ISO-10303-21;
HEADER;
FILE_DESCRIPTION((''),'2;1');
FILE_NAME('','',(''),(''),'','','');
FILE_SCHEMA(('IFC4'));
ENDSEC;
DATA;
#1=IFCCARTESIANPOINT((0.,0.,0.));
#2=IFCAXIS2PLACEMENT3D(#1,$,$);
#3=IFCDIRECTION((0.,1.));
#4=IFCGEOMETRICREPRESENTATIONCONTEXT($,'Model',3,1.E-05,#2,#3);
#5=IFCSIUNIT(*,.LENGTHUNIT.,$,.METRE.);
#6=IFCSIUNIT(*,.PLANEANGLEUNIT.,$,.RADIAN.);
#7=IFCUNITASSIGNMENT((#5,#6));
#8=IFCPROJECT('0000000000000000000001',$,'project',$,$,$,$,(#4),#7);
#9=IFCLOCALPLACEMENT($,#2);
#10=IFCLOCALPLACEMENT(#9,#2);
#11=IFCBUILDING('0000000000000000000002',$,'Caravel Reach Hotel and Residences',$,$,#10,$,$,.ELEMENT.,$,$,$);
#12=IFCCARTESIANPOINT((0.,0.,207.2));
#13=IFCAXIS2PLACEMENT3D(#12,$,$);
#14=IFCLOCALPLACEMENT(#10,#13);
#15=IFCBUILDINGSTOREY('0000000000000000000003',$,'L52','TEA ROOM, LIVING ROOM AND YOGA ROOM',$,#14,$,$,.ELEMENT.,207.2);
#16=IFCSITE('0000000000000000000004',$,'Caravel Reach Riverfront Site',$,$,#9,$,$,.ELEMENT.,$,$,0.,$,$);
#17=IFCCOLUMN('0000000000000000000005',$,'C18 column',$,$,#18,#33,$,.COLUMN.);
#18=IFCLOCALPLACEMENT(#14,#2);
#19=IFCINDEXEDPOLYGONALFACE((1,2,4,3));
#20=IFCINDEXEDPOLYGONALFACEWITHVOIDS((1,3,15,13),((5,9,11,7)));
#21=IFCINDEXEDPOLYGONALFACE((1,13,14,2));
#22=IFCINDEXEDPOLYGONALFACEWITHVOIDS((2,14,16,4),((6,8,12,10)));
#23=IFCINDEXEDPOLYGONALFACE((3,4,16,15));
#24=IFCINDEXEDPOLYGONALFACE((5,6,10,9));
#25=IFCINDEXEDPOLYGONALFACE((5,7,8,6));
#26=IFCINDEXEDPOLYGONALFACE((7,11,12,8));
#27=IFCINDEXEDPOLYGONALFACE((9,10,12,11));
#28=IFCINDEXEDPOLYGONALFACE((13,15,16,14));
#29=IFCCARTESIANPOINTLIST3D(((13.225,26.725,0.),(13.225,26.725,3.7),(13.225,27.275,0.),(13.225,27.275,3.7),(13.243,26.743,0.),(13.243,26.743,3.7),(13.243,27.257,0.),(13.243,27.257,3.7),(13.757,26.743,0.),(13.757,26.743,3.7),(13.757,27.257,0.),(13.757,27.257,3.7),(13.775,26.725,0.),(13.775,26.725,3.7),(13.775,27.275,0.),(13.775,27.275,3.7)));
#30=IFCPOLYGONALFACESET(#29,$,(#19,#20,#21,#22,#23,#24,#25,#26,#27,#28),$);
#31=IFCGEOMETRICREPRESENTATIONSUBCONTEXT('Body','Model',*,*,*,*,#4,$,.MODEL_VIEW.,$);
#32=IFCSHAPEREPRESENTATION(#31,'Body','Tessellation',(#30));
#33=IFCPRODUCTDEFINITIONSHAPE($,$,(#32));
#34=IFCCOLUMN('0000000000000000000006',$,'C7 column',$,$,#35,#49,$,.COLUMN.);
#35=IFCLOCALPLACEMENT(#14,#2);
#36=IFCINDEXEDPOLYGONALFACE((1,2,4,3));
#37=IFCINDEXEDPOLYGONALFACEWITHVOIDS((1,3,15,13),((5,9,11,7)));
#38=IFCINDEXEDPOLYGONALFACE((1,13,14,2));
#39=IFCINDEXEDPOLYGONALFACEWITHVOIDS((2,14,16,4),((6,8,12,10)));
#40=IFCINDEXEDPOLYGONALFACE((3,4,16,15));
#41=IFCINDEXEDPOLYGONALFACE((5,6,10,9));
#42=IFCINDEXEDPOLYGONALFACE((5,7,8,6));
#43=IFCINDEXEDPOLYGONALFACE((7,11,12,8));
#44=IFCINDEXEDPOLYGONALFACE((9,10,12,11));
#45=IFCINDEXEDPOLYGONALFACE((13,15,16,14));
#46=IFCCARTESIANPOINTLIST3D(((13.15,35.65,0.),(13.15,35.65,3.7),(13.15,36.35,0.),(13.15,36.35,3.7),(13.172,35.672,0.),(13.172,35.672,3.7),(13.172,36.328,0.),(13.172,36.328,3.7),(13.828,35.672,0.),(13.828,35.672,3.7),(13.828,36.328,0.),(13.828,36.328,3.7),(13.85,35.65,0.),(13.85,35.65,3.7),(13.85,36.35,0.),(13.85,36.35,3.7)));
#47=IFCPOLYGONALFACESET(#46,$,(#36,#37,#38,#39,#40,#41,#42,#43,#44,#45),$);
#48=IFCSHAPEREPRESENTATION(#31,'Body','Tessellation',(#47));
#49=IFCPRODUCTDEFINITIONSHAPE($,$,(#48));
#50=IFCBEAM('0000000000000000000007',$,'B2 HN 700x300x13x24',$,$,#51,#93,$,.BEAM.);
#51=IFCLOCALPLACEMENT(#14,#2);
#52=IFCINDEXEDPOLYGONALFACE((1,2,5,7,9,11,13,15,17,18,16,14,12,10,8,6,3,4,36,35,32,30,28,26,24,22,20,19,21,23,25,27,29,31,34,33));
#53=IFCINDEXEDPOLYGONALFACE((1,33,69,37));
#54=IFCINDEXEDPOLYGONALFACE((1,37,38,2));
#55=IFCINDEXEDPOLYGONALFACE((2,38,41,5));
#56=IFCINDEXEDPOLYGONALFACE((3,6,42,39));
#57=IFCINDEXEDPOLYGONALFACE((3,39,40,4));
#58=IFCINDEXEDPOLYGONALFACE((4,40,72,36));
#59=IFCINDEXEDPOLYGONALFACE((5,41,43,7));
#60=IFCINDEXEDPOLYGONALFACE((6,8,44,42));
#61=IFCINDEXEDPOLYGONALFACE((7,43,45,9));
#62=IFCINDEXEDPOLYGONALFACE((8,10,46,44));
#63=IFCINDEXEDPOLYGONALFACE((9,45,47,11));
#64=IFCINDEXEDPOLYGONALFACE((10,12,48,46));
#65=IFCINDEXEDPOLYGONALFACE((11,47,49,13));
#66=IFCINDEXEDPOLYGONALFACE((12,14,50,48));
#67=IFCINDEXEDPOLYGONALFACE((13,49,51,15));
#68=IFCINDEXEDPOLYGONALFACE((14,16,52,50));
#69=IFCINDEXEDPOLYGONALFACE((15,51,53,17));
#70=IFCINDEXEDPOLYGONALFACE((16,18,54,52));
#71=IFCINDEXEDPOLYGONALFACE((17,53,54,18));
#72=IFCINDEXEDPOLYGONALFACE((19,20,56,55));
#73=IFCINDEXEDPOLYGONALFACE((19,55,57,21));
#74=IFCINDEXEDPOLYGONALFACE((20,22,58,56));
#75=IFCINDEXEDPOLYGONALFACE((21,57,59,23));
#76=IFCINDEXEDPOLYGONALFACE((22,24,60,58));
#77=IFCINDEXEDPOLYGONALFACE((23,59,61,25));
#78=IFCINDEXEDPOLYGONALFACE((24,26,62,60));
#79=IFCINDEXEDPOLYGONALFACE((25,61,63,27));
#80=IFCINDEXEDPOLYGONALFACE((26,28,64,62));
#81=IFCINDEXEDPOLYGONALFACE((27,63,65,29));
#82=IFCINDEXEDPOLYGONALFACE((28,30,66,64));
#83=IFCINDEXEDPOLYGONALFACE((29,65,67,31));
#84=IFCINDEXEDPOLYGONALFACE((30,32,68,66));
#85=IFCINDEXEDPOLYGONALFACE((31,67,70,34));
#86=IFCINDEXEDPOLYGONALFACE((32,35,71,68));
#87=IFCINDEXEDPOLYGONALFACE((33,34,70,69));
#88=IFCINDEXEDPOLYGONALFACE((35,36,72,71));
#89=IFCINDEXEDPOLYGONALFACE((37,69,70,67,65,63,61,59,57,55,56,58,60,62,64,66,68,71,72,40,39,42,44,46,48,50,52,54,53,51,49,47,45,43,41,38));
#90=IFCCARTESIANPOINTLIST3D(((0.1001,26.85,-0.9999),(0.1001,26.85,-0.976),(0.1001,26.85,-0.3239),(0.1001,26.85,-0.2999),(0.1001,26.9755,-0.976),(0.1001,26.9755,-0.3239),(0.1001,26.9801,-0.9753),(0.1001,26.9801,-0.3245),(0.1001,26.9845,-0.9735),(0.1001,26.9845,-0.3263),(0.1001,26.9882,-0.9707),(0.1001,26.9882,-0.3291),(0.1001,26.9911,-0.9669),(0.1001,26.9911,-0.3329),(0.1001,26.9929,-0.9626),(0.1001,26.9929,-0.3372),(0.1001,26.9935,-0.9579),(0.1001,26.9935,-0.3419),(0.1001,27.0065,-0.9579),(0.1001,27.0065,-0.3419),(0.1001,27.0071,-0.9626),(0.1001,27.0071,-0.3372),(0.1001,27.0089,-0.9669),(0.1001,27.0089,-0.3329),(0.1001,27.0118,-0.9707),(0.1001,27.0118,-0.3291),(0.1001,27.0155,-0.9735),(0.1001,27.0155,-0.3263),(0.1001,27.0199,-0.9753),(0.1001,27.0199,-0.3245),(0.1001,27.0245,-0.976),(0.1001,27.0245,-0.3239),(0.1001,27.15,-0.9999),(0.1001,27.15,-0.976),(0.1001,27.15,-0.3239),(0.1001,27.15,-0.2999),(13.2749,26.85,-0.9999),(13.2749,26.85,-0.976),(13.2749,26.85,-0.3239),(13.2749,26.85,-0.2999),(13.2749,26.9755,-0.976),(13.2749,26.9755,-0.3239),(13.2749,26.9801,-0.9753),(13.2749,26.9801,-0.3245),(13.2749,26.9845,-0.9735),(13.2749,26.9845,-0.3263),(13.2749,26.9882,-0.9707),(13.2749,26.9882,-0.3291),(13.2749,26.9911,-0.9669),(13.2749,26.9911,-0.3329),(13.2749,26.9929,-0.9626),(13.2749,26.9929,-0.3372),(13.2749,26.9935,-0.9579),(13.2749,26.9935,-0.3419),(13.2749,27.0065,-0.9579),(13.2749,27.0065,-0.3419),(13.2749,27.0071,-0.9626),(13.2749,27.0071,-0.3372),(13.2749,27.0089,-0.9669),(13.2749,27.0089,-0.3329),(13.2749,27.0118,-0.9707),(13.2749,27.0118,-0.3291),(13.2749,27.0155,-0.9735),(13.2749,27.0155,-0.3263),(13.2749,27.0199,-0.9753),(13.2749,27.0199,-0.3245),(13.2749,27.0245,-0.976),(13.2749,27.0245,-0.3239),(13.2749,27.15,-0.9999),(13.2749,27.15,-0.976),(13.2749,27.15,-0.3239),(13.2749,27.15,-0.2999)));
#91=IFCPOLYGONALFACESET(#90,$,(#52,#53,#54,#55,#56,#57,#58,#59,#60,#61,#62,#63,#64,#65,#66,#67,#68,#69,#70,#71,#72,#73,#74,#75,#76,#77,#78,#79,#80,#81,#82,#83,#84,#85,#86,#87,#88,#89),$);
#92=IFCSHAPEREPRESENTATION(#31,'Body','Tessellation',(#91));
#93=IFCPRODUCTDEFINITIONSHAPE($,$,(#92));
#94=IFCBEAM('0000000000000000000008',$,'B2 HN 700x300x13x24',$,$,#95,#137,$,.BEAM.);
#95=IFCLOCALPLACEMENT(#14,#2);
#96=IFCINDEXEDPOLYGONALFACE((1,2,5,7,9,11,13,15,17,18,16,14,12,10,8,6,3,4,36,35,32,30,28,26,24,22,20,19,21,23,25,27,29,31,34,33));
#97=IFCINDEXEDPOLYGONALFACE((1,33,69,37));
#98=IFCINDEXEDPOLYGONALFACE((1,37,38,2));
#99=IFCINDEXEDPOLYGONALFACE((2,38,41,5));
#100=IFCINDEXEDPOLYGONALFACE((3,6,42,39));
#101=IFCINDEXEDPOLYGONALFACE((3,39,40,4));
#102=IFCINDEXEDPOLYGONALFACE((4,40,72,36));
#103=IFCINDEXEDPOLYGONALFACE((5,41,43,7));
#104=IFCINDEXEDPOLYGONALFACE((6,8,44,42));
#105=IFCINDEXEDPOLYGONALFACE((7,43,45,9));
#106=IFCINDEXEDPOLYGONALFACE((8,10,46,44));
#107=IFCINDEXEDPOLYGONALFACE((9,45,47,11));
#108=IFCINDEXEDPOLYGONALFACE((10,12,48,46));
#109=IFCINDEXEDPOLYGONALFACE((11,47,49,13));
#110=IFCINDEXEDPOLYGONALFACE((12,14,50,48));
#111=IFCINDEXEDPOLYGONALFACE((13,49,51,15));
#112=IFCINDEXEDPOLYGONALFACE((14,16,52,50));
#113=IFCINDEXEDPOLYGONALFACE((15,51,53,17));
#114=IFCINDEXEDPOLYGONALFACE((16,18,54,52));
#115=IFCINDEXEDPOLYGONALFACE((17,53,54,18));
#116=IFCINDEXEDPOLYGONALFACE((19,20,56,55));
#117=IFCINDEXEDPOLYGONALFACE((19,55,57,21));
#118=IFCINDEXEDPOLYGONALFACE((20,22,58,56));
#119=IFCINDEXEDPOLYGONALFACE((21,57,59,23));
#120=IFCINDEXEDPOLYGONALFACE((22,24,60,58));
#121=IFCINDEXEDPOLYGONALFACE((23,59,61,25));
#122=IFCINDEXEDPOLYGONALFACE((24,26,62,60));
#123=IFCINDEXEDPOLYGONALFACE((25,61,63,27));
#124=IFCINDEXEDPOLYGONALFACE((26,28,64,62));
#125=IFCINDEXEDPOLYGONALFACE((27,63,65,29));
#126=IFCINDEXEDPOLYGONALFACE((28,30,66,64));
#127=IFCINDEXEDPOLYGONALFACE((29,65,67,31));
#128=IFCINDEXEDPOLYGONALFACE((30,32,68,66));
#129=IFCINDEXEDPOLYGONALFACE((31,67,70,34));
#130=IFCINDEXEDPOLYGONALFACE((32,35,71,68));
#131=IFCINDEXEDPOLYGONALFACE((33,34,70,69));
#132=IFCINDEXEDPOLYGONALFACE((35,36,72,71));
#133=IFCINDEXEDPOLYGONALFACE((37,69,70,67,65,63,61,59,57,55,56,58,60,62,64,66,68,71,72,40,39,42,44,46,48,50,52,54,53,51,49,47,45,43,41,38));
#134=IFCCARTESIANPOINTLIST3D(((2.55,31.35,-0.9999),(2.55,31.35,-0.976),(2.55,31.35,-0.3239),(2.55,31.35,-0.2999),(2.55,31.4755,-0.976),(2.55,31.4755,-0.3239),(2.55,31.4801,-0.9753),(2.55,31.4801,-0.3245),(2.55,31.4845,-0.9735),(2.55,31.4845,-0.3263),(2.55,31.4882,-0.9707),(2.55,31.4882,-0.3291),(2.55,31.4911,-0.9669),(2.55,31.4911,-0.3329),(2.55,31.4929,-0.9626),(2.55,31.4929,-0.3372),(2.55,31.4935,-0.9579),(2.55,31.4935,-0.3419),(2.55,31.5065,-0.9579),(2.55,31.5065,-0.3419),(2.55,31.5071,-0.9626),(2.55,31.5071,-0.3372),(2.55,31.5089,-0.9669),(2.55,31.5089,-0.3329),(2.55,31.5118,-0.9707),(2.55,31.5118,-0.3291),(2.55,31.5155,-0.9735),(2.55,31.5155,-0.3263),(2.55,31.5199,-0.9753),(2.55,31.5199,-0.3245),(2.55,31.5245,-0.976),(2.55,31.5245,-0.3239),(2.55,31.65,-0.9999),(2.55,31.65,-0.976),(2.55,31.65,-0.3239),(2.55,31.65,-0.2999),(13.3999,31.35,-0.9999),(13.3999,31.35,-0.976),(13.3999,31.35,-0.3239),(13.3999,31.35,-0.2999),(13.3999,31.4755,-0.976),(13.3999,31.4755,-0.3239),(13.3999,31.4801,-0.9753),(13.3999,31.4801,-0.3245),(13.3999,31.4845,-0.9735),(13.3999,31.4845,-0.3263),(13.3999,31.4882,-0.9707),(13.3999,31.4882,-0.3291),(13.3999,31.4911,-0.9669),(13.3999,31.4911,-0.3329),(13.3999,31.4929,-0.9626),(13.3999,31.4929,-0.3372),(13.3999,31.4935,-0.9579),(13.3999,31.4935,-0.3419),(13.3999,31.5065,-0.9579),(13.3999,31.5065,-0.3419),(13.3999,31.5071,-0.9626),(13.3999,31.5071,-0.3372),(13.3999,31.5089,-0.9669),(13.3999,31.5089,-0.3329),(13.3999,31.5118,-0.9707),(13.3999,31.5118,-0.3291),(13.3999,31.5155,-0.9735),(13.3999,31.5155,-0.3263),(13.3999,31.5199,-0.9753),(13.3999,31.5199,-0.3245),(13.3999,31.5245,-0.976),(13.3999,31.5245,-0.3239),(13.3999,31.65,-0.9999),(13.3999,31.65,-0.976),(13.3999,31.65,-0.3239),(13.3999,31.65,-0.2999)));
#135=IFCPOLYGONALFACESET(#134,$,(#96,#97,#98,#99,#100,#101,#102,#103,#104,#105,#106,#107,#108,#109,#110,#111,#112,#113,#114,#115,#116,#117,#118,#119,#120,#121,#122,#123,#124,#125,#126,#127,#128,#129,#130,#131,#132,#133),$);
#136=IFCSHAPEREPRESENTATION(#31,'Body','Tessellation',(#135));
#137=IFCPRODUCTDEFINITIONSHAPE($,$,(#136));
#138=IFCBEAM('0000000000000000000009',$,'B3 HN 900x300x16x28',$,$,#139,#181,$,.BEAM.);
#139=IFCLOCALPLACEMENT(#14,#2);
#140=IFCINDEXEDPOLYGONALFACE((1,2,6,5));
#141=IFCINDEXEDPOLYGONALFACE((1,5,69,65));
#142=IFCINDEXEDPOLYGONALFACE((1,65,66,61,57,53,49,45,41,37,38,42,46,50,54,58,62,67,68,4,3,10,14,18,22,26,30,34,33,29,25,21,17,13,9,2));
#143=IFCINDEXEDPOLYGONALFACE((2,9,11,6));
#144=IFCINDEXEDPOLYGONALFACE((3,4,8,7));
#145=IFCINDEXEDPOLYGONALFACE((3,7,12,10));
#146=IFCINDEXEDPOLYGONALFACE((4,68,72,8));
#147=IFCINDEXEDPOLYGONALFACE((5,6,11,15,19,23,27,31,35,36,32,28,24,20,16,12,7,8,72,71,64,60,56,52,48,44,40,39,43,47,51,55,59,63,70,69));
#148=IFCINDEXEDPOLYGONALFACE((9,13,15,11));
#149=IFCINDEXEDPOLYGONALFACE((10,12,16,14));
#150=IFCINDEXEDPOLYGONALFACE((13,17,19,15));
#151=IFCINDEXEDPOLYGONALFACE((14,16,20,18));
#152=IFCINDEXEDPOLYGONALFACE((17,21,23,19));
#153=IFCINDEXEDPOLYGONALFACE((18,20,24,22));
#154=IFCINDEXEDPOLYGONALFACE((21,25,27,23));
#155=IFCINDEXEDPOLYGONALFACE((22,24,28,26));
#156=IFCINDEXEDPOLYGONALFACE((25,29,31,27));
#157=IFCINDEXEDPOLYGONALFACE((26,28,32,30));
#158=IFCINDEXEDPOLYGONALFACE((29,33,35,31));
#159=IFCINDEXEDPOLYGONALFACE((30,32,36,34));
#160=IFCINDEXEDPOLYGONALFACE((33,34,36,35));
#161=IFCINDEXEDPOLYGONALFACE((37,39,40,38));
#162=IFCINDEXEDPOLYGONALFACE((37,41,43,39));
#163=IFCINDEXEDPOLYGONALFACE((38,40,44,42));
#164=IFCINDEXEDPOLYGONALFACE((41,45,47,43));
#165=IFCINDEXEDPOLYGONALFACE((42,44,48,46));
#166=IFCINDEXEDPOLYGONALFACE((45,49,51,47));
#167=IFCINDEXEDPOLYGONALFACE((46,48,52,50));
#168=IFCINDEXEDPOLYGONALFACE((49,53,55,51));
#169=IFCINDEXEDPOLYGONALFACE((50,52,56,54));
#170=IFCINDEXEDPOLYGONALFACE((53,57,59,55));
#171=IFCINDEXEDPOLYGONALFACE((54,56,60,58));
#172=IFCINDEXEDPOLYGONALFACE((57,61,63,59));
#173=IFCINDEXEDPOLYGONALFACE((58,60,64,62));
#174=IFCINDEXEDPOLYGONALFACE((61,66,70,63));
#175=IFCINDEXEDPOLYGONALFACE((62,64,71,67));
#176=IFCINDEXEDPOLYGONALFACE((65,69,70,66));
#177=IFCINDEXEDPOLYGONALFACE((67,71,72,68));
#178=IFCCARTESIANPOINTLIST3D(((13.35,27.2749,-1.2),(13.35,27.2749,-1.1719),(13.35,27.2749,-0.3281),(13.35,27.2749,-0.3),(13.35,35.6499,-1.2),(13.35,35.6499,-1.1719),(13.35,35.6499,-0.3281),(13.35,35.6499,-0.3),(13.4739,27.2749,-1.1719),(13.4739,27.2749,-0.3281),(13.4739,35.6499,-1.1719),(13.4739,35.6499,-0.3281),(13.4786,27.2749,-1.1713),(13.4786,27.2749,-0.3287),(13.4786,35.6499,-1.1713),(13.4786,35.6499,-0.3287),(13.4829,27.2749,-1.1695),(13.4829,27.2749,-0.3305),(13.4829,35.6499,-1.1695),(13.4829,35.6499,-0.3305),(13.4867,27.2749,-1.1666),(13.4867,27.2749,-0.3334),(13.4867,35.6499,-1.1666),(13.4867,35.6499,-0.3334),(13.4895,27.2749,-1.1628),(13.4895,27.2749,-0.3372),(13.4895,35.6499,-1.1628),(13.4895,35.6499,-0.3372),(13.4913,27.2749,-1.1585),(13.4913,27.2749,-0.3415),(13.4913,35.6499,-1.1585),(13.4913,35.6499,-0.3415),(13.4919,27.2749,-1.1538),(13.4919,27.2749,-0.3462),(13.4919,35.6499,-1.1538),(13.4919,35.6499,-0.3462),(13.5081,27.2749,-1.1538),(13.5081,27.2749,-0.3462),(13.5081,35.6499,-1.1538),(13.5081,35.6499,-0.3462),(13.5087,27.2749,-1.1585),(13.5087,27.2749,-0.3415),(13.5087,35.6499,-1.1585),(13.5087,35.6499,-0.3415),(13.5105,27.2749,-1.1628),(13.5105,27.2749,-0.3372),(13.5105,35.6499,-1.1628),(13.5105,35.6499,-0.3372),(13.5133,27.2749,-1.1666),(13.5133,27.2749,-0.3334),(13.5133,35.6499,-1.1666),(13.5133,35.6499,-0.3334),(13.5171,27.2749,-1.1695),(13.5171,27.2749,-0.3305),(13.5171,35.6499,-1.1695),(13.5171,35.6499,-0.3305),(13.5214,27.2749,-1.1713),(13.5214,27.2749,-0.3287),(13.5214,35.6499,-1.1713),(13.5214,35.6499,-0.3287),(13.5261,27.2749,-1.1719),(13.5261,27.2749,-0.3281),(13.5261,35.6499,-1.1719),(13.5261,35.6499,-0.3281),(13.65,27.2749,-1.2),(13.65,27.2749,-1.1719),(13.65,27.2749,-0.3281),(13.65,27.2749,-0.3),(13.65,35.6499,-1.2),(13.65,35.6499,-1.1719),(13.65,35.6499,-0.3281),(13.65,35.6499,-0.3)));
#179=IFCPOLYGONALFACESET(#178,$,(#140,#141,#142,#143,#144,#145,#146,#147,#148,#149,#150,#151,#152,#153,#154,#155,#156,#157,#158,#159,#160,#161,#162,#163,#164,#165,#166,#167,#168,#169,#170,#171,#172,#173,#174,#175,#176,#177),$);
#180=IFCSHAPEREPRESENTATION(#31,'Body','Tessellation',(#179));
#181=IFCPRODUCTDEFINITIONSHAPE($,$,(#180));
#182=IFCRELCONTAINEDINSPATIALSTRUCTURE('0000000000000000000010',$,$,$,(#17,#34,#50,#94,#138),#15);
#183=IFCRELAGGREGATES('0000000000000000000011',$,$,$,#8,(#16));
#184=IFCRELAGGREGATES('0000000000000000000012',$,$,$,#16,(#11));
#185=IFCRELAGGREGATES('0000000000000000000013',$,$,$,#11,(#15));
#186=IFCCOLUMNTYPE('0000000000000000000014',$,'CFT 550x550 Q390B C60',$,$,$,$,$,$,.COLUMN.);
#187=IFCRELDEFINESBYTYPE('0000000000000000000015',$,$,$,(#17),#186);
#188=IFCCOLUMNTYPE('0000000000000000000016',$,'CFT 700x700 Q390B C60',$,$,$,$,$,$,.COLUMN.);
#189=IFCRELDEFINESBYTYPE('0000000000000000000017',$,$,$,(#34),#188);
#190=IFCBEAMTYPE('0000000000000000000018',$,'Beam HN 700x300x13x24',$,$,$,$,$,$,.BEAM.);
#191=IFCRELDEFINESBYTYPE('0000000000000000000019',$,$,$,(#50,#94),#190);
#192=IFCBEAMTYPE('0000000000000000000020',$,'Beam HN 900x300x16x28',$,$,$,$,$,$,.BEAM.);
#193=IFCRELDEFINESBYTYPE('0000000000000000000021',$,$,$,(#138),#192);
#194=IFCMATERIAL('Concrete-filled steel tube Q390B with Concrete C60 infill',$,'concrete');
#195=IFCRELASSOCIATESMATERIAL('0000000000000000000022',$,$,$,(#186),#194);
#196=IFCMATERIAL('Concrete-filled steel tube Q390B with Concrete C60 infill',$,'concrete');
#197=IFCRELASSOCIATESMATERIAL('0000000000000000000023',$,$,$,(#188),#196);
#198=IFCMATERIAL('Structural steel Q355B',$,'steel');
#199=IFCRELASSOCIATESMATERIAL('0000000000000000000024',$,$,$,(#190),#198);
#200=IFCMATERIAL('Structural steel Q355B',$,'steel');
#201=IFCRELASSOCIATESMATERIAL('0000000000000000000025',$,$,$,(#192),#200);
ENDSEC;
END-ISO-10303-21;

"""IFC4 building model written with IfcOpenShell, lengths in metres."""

from ifc_helpers import new_model, si_unit, direction, frame, origin, origin_2d, place, context, subcontext, project, spatial, hollow_rectangle, i_section, extrude, material, material_profile, profile_set, type_object, element, save


model = new_model("IFC4")

# Units and contexts
model_context = context("Model", 3, precision=1e-05, world=origin(), true_north=direction((0.0, 1.0)))
body_context = subcontext(model_context, "Body", "Model", "MODEL_VIEW")
ifc_project = project(units=[si_unit("LENGTHUNIT", "METRE"), si_unit("PLANEANGLEUNIT", "RADIAN")], contexts=[model_context])

# Site, building, storey
site_placement = place(None, origin())
site = spatial("IfcSite", under=ifc_project, at=site_placement, Name="Caravel Reach Riverfront Site", CompositionType="ELEMENT", RefElevation=0.0)
building_placement = place(site_placement, origin())
building = spatial("IfcBuilding", under=site, at=building_placement, Name="Caravel Reach Hotel and Residences", CompositionType="ELEMENT")
storey_placement = place(building_placement, frame((0.0, 0.0, 207.2)))
storey = spatial("IfcBuildingStorey", under=building, at=storey_placement, Name="L52", Description="TEA ROOM, LIVING ROOM AND YOGA ROOM", CompositionType="ELEMENT", Elevation=207.2)

# Columns
ifc_material_1 = material(Name="Concrete-filled steel tube Q390B with Concrete C60 infill", Category="concrete")
ifc_material_profile_1 = material_profile(ifc_material_1, hollow_rectangle(XDim=0.55, YDim=0.55, WallThickness=0.0181, at=origin_2d()), Name="RHS 550x550x18")
ifc_profile_set_1 = profile_set([ifc_material_profile_1], Name="Concrete-filled steel tube Q390B with Concrete C60 infill")
column_type_1 = type_object("IfcColumnType", Name="CFT 550x550 Q390B C60", PredefinedType="COLUMN", material=ifc_profile_set_1)
column_1_placement = place(storey_placement, frame((13.5, 27.0, 0.0), z_axis=(0.0, 0.0, 1.0), x_axis=(1.0, 0.0, 0.0)))
element("IfcColumn", 1, at=column_1_placement, inside=storey, type_object=column_type_1, Name="C18 column", PredefinedType="COLUMN", context=body_context, shape_type="SweptSolid", body=[
    extrude(hollow_rectangle(XDim=0.55, YDim=0.55, WallThickness=0.0181, at=origin_2d()), origin(), (0.0, 0.0, 1.0), 3.7),
])
ifc_material_2 = material(Name="Concrete-filled steel tube Q390B with Concrete C60 infill", Category="concrete")
ifc_material_profile_2 = material_profile(ifc_material_2, hollow_rectangle(XDim=0.7, YDim=0.7, WallThickness=0.022, at=origin_2d()), Name="RHS 700x700x22")
ifc_profile_set_2 = profile_set([ifc_material_profile_2], Name="Concrete-filled steel tube Q390B with Concrete C60 infill")
column_type_2 = type_object("IfcColumnType", Name="CFT 700x700 Q390B C60", PredefinedType="COLUMN", material=ifc_profile_set_2)
column_2_placement = place(storey_placement, frame((13.5, 36.0, 0.0), z_axis=(0.0, 0.0, 1.0), x_axis=(1.0, 0.0, 0.0)))
element("IfcColumn", 2, at=column_2_placement, inside=storey, type_object=column_type_2, Name="C7 column", PredefinedType="COLUMN", context=body_context, shape_type="SweptSolid", body=[
    extrude(hollow_rectangle(XDim=0.7, YDim=0.7, WallThickness=0.022, at=origin_2d()), origin(), (0.0, 0.0, 1.0), 3.7),
])

# Beams
ifc_material_3 = material(Name="Structural steel Q355B", Category="steel")
ifc_material_profile_3 = material_profile(ifc_material_3, i_section(OverallWidth=0.3, OverallDepth=0.7, WebThickness=0.0129, FlangeThickness=0.0239, FilletRadius=0.0181, at=origin_2d()), Name="HN 700x300x13x24")
ifc_profile_set_3 = profile_set([ifc_material_profile_3], Name="Structural steel Q355B")
beam_type_1 = type_object("IfcBeamType", Name="Beam HN 700x300x13x24", PredefinedType="BEAM", material=ifc_profile_set_3)
beam_1_placement = place(storey_placement, frame((13.2749, 27.0, -0.6499), z_axis=(-1.0, 0.0, 0.0), x_axis=(0.0, -1.0, 0.0)))
element("IfcBeam", 3, at=beam_1_placement, inside=storey, type_object=beam_type_1, Name="B2 HN 700x300x13x24", PredefinedType="BEAM", context=body_context, shape_type="SweptSolid", body=[
    extrude(i_section(OverallWidth=0.3, OverallDepth=0.7, WebThickness=0.0129, FlangeThickness=0.0239, FilletRadius=0.0181, at=origin_2d()), origin(), (0.0, 0.0, 1.0), 13.1748),
])
beam_2_placement = place(storey_placement, frame((13.3999, 31.5, -0.6499), z_axis=(-1.0, 0.0, 0.0), x_axis=(0.0, -1.0, 0.0)))
element("IfcBeam", 4, at=beam_2_placement, inside=storey, type_object=beam_type_1, Name="B2 HN 700x300x13x24", PredefinedType="BEAM", context=body_context, shape_type="SweptSolid", body=[
    extrude(i_section(OverallWidth=0.3, OverallDepth=0.7, WebThickness=0.0129, FlangeThickness=0.0239, FilletRadius=0.0181, at=origin_2d()), origin(), (0.0, 0.0, 1.0), 10.8499),
])
ifc_material_4 = material(Name="Structural steel Q355B", Category="steel")
ifc_material_profile_4 = material_profile(ifc_material_4, i_section(OverallWidth=0.3, OverallDepth=0.8999, WebThickness=0.0161, FlangeThickness=0.0281, FilletRadius=0.0181, at=origin_2d()), Name="HN 900x300x16x28")
ifc_profile_set_4 = profile_set([ifc_material_profile_4], Name="Structural steel Q355B")
beam_type_2 = type_object("IfcBeamType", Name="Beam HN 900x300x16x28", PredefinedType="BEAM", material=ifc_profile_set_4)
beam_3_placement = place(storey_placement, frame((13.5, 27.2749, -0.75), z_axis=(0.0, 1.0, 0.0), x_axis=(-1.0, 0.0, 0.0)))
element("IfcBeam", 5, at=beam_3_placement, inside=storey, type_object=beam_type_2, Name="B3 HN 900x300x16x28", PredefinedType="BEAM", context=body_context, shape_type="SweptSolid", body=[
    extrude(i_section(OverallWidth=0.3, OverallDepth=0.8999, WebThickness=0.0161, FlangeThickness=0.0281, FilletRadius=0.0181, at=origin_2d()), origin(), (0.0, 0.0, 1.0), 8.375),
])

save(model, "model.ifc")
